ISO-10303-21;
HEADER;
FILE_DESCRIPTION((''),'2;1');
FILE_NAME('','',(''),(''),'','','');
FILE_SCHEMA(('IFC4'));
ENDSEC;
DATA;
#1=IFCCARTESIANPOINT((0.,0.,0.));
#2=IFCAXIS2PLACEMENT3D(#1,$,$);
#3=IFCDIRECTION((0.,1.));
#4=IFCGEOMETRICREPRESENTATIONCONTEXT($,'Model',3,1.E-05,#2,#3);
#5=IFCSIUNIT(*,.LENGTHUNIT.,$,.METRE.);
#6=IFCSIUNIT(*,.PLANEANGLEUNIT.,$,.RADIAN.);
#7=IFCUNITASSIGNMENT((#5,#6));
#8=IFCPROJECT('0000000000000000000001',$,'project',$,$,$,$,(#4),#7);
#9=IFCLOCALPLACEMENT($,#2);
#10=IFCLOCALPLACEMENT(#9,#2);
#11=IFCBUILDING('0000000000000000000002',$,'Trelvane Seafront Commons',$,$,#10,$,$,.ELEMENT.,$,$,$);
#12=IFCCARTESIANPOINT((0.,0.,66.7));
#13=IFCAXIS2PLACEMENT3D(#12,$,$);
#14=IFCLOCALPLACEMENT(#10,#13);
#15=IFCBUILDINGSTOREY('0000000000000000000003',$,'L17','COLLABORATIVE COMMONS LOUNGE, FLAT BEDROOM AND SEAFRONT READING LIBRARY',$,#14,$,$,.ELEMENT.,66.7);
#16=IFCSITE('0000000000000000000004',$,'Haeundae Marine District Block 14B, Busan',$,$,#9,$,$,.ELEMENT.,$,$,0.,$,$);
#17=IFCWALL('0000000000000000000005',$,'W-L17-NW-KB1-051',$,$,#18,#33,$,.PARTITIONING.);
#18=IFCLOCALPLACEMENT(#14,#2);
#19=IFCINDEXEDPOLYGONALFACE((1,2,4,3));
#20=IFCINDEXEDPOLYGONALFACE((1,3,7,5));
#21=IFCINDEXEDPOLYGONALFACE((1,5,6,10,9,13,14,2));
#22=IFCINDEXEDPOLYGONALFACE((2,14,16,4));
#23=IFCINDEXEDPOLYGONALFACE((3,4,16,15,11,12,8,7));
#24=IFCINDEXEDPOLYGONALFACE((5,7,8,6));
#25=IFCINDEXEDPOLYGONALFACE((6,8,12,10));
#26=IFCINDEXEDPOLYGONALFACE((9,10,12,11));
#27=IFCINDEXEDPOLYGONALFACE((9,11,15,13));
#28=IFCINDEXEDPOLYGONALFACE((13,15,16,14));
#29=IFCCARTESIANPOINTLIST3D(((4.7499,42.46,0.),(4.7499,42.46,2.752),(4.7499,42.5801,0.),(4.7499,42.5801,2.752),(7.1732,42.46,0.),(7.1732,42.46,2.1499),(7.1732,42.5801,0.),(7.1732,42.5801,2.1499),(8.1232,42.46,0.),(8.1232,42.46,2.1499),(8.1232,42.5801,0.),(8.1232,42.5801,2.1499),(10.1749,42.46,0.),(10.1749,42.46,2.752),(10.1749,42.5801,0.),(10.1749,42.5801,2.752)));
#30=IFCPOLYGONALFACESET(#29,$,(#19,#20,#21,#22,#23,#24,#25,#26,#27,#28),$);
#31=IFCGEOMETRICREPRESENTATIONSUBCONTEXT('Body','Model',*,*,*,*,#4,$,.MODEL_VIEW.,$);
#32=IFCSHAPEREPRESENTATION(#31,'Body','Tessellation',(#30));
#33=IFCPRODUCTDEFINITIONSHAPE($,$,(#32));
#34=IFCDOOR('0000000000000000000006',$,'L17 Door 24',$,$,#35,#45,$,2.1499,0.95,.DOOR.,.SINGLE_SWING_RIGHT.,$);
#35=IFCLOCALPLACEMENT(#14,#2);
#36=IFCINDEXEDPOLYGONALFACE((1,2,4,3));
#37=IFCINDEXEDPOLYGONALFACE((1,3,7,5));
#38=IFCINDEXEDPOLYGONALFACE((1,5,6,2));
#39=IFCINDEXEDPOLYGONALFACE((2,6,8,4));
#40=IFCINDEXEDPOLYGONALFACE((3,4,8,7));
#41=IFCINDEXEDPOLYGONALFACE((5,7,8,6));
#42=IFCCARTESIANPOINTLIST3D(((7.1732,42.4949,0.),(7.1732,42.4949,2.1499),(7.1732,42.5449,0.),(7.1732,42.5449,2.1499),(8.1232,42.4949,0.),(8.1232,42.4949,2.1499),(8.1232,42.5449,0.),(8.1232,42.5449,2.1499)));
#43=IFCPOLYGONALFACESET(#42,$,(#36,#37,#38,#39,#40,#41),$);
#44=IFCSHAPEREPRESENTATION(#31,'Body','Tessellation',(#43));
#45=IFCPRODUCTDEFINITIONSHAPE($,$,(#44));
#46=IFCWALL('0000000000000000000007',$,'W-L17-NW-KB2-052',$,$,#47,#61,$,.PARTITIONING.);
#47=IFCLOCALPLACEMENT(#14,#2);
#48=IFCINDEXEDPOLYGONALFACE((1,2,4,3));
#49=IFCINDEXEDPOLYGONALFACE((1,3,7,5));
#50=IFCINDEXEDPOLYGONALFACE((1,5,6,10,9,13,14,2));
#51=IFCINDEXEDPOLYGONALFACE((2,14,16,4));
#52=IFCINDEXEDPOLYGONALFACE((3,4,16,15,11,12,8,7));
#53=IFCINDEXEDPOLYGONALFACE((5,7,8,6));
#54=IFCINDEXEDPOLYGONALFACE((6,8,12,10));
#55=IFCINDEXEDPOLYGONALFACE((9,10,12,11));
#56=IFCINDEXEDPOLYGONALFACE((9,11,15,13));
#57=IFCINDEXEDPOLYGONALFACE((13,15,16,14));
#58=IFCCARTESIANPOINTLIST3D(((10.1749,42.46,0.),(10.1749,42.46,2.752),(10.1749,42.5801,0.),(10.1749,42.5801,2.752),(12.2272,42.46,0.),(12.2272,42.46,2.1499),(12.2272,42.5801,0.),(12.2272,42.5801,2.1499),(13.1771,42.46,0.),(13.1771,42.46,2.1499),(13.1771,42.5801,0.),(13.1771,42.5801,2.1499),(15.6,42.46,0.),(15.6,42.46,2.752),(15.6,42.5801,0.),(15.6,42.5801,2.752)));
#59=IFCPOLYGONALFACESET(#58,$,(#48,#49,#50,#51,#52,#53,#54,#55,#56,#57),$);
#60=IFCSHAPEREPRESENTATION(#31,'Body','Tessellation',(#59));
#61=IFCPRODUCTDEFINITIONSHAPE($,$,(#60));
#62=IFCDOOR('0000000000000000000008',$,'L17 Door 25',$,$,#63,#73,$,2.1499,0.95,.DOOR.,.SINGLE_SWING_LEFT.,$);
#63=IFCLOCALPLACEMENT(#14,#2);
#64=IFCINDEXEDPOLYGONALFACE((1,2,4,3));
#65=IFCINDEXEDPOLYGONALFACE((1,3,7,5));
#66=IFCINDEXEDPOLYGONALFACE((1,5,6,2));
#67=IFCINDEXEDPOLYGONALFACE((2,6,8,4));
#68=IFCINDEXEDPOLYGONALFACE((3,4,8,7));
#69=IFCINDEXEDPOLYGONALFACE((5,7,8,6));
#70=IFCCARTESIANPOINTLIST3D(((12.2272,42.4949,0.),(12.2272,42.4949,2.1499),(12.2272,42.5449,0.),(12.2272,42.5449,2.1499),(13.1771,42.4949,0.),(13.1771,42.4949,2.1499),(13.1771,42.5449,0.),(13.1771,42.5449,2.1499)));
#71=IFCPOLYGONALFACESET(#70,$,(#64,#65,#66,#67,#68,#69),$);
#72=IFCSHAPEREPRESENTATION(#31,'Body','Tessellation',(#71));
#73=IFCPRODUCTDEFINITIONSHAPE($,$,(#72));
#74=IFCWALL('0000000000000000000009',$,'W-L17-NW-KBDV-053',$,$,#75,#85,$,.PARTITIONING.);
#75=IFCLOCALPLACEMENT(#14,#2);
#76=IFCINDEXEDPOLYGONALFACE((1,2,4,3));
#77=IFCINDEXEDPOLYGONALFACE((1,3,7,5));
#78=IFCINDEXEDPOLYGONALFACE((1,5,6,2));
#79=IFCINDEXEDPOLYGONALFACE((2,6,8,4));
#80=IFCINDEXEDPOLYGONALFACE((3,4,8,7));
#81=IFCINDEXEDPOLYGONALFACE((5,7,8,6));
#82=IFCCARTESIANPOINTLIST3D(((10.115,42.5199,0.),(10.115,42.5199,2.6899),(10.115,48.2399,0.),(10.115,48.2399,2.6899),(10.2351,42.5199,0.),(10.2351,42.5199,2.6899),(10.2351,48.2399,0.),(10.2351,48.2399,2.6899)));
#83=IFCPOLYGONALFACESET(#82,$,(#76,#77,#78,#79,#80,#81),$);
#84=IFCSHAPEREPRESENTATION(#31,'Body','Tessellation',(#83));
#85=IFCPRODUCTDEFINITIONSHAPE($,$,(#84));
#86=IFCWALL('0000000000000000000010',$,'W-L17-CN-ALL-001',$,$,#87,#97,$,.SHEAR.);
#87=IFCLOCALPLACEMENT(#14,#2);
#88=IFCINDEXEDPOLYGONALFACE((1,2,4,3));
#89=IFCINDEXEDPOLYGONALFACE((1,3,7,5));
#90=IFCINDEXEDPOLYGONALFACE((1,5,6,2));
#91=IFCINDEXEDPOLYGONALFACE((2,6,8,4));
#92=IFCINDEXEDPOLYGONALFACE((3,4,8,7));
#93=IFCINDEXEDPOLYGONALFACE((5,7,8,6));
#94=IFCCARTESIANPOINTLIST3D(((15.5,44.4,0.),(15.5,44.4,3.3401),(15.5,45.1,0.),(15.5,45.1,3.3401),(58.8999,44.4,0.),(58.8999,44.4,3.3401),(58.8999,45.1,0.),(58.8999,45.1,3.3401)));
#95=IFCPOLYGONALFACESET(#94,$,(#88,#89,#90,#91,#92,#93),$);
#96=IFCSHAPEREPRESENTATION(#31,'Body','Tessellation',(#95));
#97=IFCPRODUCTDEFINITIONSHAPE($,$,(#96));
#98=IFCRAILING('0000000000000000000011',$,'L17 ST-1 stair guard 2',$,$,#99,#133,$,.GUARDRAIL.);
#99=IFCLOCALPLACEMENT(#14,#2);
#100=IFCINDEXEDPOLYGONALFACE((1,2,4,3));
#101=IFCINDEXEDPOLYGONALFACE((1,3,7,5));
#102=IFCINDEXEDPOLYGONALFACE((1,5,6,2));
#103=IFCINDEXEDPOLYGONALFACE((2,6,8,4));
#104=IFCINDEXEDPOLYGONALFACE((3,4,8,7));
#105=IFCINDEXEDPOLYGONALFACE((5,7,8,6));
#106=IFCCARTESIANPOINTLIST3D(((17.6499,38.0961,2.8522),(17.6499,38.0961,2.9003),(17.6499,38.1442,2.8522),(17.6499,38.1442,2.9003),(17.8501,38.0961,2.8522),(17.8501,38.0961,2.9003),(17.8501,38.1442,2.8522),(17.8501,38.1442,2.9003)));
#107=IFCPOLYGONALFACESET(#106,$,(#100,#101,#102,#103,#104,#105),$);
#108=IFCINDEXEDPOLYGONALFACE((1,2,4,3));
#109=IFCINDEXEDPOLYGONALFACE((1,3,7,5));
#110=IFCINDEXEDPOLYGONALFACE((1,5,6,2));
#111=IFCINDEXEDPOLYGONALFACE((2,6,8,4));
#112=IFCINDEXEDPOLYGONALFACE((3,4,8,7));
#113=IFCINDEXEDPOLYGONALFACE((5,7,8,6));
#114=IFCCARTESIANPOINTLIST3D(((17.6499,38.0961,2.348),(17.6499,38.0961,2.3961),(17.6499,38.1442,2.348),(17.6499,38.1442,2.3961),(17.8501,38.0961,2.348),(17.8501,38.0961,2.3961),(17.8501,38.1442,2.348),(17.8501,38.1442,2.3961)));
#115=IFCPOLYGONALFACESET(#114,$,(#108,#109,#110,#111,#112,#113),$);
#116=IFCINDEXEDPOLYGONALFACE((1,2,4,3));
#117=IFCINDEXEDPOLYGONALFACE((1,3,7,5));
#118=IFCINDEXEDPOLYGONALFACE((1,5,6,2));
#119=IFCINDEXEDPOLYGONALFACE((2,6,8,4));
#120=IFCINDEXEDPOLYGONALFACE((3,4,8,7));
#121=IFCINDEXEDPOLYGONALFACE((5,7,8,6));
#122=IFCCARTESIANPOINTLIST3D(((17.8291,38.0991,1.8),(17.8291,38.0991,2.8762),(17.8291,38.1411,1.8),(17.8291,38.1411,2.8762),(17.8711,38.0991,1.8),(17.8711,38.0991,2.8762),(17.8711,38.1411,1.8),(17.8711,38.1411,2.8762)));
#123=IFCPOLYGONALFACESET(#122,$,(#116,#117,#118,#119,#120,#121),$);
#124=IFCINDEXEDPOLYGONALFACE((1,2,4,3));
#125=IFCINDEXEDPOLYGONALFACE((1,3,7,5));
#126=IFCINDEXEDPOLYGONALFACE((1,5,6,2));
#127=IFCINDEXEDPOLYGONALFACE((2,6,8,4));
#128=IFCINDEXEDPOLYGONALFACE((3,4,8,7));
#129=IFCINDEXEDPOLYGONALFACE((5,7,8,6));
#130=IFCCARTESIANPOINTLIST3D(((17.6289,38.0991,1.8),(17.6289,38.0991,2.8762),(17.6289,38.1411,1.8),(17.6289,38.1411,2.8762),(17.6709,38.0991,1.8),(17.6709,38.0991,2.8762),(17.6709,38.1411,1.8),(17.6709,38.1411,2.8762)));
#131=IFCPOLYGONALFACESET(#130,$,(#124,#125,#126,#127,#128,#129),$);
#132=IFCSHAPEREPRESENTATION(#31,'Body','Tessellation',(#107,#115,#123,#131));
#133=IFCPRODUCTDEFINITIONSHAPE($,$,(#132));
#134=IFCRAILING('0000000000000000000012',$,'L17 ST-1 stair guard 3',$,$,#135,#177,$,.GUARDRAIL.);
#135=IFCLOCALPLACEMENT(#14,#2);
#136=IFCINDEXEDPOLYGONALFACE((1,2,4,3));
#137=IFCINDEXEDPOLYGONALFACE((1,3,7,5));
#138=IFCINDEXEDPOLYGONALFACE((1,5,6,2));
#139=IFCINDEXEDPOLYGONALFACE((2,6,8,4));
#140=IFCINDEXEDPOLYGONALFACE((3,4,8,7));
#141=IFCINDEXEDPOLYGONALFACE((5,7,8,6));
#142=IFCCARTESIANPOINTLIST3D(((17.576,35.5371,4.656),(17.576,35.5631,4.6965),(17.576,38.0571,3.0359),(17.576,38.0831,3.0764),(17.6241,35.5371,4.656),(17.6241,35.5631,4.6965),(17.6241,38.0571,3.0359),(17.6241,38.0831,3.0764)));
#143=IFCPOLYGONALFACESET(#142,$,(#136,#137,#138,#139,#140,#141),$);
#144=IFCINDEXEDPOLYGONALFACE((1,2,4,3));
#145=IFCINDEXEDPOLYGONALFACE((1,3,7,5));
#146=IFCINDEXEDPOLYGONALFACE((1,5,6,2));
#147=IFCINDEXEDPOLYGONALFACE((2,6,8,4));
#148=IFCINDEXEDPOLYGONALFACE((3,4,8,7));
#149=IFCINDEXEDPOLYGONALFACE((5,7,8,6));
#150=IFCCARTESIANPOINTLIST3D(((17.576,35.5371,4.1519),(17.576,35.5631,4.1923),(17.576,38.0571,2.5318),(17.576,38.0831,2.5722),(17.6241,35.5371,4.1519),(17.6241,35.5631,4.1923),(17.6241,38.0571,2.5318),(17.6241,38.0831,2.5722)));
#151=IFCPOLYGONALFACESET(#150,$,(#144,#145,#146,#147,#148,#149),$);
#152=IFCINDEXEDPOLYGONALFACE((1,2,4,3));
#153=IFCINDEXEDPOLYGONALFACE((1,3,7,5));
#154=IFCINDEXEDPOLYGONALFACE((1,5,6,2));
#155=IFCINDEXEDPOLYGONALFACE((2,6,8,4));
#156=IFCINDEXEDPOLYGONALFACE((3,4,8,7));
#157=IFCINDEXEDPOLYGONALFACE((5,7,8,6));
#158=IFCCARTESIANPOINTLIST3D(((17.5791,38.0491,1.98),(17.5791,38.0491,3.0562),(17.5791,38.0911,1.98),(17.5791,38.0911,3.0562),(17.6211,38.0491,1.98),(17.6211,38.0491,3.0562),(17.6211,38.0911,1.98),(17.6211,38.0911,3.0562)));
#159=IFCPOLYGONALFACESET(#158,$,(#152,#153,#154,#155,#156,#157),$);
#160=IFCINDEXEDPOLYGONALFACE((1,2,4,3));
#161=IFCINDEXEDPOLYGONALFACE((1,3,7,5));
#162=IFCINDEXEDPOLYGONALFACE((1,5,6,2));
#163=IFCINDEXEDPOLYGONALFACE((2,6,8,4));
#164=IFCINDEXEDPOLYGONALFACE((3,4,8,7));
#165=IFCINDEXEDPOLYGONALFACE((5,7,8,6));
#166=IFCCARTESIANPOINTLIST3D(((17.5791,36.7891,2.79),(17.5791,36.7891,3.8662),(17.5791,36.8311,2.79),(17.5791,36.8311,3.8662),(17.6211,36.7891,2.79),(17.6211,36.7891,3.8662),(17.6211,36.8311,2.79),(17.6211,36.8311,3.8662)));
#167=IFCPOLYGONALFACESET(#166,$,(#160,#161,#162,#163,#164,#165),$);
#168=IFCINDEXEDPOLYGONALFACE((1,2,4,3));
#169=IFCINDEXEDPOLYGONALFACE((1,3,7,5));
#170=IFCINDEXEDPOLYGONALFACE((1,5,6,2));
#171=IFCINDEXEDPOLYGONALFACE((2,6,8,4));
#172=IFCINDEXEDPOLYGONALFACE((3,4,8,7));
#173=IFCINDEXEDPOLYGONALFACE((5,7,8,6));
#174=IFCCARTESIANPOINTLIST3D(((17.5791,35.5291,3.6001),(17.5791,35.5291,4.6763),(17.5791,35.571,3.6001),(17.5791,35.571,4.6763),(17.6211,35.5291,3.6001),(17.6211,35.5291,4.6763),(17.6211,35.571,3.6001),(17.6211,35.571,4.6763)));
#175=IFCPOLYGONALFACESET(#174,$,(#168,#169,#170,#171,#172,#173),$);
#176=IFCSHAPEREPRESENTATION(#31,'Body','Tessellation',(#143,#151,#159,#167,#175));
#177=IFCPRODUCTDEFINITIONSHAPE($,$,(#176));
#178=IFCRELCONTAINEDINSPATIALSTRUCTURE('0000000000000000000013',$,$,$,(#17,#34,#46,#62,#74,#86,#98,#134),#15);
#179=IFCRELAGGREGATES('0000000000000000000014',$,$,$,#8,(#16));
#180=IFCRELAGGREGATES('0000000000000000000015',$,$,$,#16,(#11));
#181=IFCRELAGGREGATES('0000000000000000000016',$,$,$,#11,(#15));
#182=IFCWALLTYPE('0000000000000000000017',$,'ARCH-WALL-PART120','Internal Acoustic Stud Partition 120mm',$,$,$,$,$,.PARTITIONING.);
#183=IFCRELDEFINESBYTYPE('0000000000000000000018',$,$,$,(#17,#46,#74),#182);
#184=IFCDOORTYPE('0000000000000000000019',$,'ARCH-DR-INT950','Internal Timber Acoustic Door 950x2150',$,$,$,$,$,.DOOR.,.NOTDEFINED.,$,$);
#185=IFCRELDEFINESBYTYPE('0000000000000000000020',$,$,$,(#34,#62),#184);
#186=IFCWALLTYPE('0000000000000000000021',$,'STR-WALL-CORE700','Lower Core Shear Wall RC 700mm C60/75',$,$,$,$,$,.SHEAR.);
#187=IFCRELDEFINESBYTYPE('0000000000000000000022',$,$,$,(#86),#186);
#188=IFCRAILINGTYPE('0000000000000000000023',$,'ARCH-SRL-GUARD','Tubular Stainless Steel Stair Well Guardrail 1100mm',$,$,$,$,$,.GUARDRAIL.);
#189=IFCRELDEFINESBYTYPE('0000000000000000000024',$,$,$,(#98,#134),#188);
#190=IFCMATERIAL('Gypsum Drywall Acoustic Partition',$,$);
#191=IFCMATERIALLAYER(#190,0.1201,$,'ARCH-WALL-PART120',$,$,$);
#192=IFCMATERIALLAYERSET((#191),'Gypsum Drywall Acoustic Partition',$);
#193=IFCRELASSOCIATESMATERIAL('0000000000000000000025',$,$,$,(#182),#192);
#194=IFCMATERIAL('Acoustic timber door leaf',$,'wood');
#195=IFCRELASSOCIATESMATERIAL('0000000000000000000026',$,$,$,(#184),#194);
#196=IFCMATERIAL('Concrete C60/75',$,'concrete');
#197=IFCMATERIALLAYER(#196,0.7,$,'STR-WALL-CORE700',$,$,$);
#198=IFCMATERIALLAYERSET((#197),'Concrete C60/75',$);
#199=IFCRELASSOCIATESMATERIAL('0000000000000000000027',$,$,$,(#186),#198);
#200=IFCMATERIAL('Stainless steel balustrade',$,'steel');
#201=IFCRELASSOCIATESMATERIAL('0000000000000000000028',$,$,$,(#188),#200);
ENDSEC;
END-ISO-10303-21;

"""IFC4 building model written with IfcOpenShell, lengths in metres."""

from ifc_helpers import new_model, si_unit, direction, frame, frame_2d, origin, origin_2d, place, context, subcontext, project, spatial, rectangle, extrude, source, transform, mapped, material, layer, layer_set, type_object, element, fill, save


model = new_model("IFC4")

# Units and contexts
model_context = context("Model", 3, precision=1e-05, world=origin(), true_north=direction((0.0, 1.0)))
body_context = subcontext(model_context, "Body", "Model", "MODEL_VIEW")
ifc_project = project(units=[si_unit("LENGTHUNIT", "METRE"), si_unit("PLANEANGLEUNIT", "RADIAN")], contexts=[model_context])

# Site, building, storey
site_placement = place(None, origin())
site = spatial("IfcSite", under=ifc_project, at=site_placement, Name="Haeundae Marine District Block 14B, Busan", CompositionType="ELEMENT", RefElevation=0.0)
building_placement = place(site_placement, origin())
building = spatial("IfcBuilding", under=site, at=building_placement, Name="Trelvane Seafront Commons", CompositionType="ELEMENT")
storey_placement = place(building_placement, frame((0.0, 0.0, 66.7)))
storey = spatial("IfcBuildingStorey", under=building, at=storey_placement, Name="L17", Description="COLLABORATIVE COMMONS LOUNGE, FLAT BEDROOM AND SEAFRONT READING LIBRARY", CompositionType="ELEMENT", Elevation=66.7)

# Shared definitions
ifc_material_1 = material(Name="Concrete C60/75", Category="concrete")

# Walls, openings, doors
ifc_material_2 = material(Name="Gypsum Drywall Acoustic Partition")
ifc_layer_1 = layer(ifc_material_2, 0.1201, Name="ARCH-WALL-PART120")
ifc_layer_set_1 = layer_set([ifc_layer_1], Name="Gypsum Drywall Acoustic Partition")
wall_type_1 = type_object("IfcWallType", Name="ARCH-WALL-PART120", Description="Internal Acoustic Stud Partition 120mm", PredefinedType="PARTITIONING", material=ifc_layer_set_1)
wall_1_placement = place(storey_placement, frame((4.75, 42.52, 0.0), z_axis=(0.0, 0.0, 1.0), x_axis=(1.0, 0.0, 0.0)))
wall_1 = element("IfcWall", 1, at=wall_1_placement, inside=storey, type_object=wall_type_1, Name="W-L17-NW-KB1-051", PredefinedType="PARTITIONING", context=body_context, shape_type="SweptSolid", body=[
    extrude(rectangle(XDim=5.425, YDim=0.1201, at=frame_2d((2.7124, 0.0))), origin(), (0.0, 0.0, 1.0), 2.752),
])
opening_1_placement = place(wall_1_placement, frame((2.4231, 0.0, 0.0)))
opening_1 = element("IfcOpeningElement", 2, at=opening_1_placement, cuts=wall_1, PredefinedType="OPENING", context=body_context, shape_type="SweptSolid", body=[
    extrude(rectangle(XDim=0.95, YDim=2.1499, at=frame_2d((0.4751, 1.075))), frame((0.0, 0.0701, 0.0), z_axis=(0.0, -1.0, 0.0), x_axis=(1.0, 0.0, 0.0)), (0.0, 0.0, 1.0), 0.1401),
])
ifc_material_3 = material(Name="Acoustic timber door leaf", Category="wood")
door_type_1 = type_object("IfcDoorType", Name="ARCH-DR-INT950", Description="Internal Timber Acoustic Door 950x2150", OperationType="NOTDEFINED", PredefinedType="DOOR", material=ifc_material_3)
shared_shape_1 = source(origin(), body_context, "Body", "SweptSolid", [
    extrude(rectangle(XDim=0.95, YDim=2.1499, at=frame_2d((0.4751, 1.075))), frame((0.0, 0.0249, 0.0), z_axis=(0.0, -1.0, 0.0), x_axis=(1.0, 0.0, 0.0)), (0.0, 0.0, 1.0), 0.05),
])
door_1_placement = place(opening_1_placement, origin())
door_1 = element("IfcDoor", 3, at=door_1_placement, inside=storey, type_object=door_type_1, Name="L17 Door 24", OperationType="SINGLE_SWING_RIGHT", OverallHeight=2.1499, OverallWidth=0.95, PredefinedType="DOOR", context=body_context, shape_type="MappedRepresentation", body=[
    mapped(shared_shape_1, transform((0.0, 0.0, 0.0), x_axis=(1.0, 0.0, 0.0), y_axis=(0.0, 1.0, 0.0), z_axis=(0.0, 0.0, 1.0), scale=1.0)),
])
fill(opening_1, door_1)
wall_2_placement = place(storey_placement, frame((10.175, 42.52, 0.0), z_axis=(0.0, 0.0, 1.0), x_axis=(1.0, 0.0, 0.0)))
wall_2 = element("IfcWall", 4, at=wall_2_placement, inside=storey, type_object=wall_type_1, Name="W-L17-NW-KB2-052", PredefinedType="PARTITIONING", context=body_context, shape_type="SweptSolid", body=[
    extrude(rectangle(XDim=5.425, YDim=0.1201, at=frame_2d((2.7124, 0.0))), origin(), (0.0, 0.0, 1.0), 2.752),
])
opening_2_placement = place(wall_2_placement, frame((2.052, 0.0, 0.0)))
opening_2 = element("IfcOpeningElement", 5, at=opening_2_placement, cuts=wall_2, PredefinedType="OPENING", context=body_context, shape_type="SweptSolid", body=[
    extrude(rectangle(XDim=0.95, YDim=2.1499, at=frame_2d((0.4751, 1.075))), frame((0.0, 0.0701, 0.0), z_axis=(0.0, -1.0, 0.0), x_axis=(1.0, 0.0, 0.0)), (0.0, 0.0, 1.0), 0.1401),
])
door_2_placement = place(opening_2_placement, origin())
door_2 = element("IfcDoor", 6, at=door_2_placement, inside=storey, type_object=door_type_1, Name="L17 Door 25", OperationType="SINGLE_SWING_LEFT", OverallHeight=2.1499, OverallWidth=0.95, PredefinedType="DOOR", context=body_context, shape_type="MappedRepresentation", body=[
    mapped(shared_shape_1, transform((0.0, 0.0, 0.0), x_axis=(1.0, 0.0, 0.0), y_axis=(0.0, 1.0, 0.0), z_axis=(0.0, 0.0, 1.0), scale=1.0)),
])
fill(opening_2, door_2)

# Wall
wall_3_placement = place(storey_placement, frame((10.175, 42.52, 0.0), z_axis=(0.0, 0.0, 1.0), x_axis=(0.0, 1.0, 0.0)))
element("IfcWall", 7, at=wall_3_placement, inside=storey, type_object=wall_type_1, Name="W-L17-NW-KBDV-053", PredefinedType="PARTITIONING", context=body_context, shape_type="SweptSolid", body=[
    extrude(rectangle(XDim=5.72, YDim=0.1201, at=frame_2d((2.8599, 0.0))), origin(), (0.0, 0.0, 1.0), 2.6899),
])

# Wall
ifc_layer_2 = layer(ifc_material_1, 0.7, Name="STR-WALL-CORE700")
ifc_layer_set_2 = layer_set([ifc_layer_2], Name="Concrete C60/75")
wall_type_2 = type_object("IfcWallType", Name="STR-WALL-CORE700", Description="Lower Core Shear Wall RC 700mm C60/75", PredefinedType="SHEAR", material=ifc_layer_set_2)
wall_4_placement = place(storey_placement, frame((15.5, 44.75, 0.0), z_axis=(0.0, 0.0, 1.0), x_axis=(1.0, 0.0, 0.0)))
element("IfcWall", 8, at=wall_4_placement, inside=storey, type_object=wall_type_2, Name="W-L17-CN-ALL-001", PredefinedType="SHEAR", context=body_context, shape_type="SweptSolid", body=[
    extrude(rectangle(XDim=43.3999, YDim=0.7, at=frame_2d((21.7, 0.0))), origin(), (0.0, 0.0, 1.0), 3.3401),
])

# Railings
ifc_material_4 = material(Name="Stainless steel balustrade", Category="steel")
railing_type = type_object("IfcRailingType", Name="ARCH-SRL-GUARD", Description="Tubular Stainless Steel Stair Well Guardrail 1100mm", PredefinedType="GUARDRAIL", material=ifc_material_4)
railing_1_placement = place(storey_placement, frame((17.8501, 38.1201, 1.8)))
element("IfcRailing", 9, at=railing_1_placement, inside=storey, type_object=railing_type, Name="L17 ST-1 stair guard 2", PredefinedType="GUARDRAIL", context=body_context, shape_type="SweptSolid", body=[
    extrude(rectangle(XDim=0.0481, YDim=0.0481, at=origin_2d()), frame((0.0, 0.0, 1.0762), z_axis=(-1.0, 0.0, 0.0), x_axis=(0.0, -1.0, 0.0)), (0.0, 0.0, 1.0), 0.2002),
    extrude(rectangle(XDim=0.0481, YDim=0.0481, at=origin_2d()), frame((0.0, 0.0, 0.572), z_axis=(-1.0, 0.0, 0.0), x_axis=(0.0, -1.0, 0.0)), (0.0, 0.0, 1.0), 0.2002),
    extrude(rectangle(XDim=0.042, YDim=0.042, at=origin_2d()), origin(), (0.0, 0.0, 1.0), 1.0762),
    extrude(rectangle(XDim=0.042, YDim=0.042, at=origin_2d()), frame((-0.2002, 0.0, 0.0)), (0.0, 0.0, 1.0), 1.0762),
])
railing_2_placement = place(storey_placement, frame((17.6001, 38.0701, 1.98)))
element("IfcRailing", 10, at=railing_2_placement, inside=storey, type_object=railing_type, Name="L17 ST-1 stair guard 3", PredefinedType="GUARDRAIL", context=body_context, shape_type="SweptSolid", body=[
    extrude(rectangle(XDim=0.0481, YDim=0.0481, at=origin_2d()), frame((0.0, 0.0, 1.0762), z_axis=(0.0, -0.841163, 0.540782), x_axis=(1.0, 0.0, 0.0)), (0.0, 0.0, 1.0), 2.9958),
    extrude(rectangle(XDim=0.0481, YDim=0.0481, at=origin_2d()), frame((0.0, 0.0, 0.572), z_axis=(0.0, -0.841163, 0.540782), x_axis=(1.0, 0.0, 0.0)), (0.0, 0.0, 1.0), 2.9958),
    extrude(rectangle(XDim=0.042, YDim=0.042, at=origin_2d()), origin(), (0.0, 0.0, 1.0), 1.0762),
    extrude(rectangle(XDim=0.042, YDim=0.042, at=origin_2d()), frame((0.0, -1.26, 0.8101)), (0.0, 0.0, 1.0), 1.0762),
    extrude(rectangle(XDim=0.042, YDim=0.042, at=origin_2d()), frame((0.0, -2.52, 1.6201)), (0.0, 0.0, 1.0), 1.0762),
])

save(model, "model.ifc")
